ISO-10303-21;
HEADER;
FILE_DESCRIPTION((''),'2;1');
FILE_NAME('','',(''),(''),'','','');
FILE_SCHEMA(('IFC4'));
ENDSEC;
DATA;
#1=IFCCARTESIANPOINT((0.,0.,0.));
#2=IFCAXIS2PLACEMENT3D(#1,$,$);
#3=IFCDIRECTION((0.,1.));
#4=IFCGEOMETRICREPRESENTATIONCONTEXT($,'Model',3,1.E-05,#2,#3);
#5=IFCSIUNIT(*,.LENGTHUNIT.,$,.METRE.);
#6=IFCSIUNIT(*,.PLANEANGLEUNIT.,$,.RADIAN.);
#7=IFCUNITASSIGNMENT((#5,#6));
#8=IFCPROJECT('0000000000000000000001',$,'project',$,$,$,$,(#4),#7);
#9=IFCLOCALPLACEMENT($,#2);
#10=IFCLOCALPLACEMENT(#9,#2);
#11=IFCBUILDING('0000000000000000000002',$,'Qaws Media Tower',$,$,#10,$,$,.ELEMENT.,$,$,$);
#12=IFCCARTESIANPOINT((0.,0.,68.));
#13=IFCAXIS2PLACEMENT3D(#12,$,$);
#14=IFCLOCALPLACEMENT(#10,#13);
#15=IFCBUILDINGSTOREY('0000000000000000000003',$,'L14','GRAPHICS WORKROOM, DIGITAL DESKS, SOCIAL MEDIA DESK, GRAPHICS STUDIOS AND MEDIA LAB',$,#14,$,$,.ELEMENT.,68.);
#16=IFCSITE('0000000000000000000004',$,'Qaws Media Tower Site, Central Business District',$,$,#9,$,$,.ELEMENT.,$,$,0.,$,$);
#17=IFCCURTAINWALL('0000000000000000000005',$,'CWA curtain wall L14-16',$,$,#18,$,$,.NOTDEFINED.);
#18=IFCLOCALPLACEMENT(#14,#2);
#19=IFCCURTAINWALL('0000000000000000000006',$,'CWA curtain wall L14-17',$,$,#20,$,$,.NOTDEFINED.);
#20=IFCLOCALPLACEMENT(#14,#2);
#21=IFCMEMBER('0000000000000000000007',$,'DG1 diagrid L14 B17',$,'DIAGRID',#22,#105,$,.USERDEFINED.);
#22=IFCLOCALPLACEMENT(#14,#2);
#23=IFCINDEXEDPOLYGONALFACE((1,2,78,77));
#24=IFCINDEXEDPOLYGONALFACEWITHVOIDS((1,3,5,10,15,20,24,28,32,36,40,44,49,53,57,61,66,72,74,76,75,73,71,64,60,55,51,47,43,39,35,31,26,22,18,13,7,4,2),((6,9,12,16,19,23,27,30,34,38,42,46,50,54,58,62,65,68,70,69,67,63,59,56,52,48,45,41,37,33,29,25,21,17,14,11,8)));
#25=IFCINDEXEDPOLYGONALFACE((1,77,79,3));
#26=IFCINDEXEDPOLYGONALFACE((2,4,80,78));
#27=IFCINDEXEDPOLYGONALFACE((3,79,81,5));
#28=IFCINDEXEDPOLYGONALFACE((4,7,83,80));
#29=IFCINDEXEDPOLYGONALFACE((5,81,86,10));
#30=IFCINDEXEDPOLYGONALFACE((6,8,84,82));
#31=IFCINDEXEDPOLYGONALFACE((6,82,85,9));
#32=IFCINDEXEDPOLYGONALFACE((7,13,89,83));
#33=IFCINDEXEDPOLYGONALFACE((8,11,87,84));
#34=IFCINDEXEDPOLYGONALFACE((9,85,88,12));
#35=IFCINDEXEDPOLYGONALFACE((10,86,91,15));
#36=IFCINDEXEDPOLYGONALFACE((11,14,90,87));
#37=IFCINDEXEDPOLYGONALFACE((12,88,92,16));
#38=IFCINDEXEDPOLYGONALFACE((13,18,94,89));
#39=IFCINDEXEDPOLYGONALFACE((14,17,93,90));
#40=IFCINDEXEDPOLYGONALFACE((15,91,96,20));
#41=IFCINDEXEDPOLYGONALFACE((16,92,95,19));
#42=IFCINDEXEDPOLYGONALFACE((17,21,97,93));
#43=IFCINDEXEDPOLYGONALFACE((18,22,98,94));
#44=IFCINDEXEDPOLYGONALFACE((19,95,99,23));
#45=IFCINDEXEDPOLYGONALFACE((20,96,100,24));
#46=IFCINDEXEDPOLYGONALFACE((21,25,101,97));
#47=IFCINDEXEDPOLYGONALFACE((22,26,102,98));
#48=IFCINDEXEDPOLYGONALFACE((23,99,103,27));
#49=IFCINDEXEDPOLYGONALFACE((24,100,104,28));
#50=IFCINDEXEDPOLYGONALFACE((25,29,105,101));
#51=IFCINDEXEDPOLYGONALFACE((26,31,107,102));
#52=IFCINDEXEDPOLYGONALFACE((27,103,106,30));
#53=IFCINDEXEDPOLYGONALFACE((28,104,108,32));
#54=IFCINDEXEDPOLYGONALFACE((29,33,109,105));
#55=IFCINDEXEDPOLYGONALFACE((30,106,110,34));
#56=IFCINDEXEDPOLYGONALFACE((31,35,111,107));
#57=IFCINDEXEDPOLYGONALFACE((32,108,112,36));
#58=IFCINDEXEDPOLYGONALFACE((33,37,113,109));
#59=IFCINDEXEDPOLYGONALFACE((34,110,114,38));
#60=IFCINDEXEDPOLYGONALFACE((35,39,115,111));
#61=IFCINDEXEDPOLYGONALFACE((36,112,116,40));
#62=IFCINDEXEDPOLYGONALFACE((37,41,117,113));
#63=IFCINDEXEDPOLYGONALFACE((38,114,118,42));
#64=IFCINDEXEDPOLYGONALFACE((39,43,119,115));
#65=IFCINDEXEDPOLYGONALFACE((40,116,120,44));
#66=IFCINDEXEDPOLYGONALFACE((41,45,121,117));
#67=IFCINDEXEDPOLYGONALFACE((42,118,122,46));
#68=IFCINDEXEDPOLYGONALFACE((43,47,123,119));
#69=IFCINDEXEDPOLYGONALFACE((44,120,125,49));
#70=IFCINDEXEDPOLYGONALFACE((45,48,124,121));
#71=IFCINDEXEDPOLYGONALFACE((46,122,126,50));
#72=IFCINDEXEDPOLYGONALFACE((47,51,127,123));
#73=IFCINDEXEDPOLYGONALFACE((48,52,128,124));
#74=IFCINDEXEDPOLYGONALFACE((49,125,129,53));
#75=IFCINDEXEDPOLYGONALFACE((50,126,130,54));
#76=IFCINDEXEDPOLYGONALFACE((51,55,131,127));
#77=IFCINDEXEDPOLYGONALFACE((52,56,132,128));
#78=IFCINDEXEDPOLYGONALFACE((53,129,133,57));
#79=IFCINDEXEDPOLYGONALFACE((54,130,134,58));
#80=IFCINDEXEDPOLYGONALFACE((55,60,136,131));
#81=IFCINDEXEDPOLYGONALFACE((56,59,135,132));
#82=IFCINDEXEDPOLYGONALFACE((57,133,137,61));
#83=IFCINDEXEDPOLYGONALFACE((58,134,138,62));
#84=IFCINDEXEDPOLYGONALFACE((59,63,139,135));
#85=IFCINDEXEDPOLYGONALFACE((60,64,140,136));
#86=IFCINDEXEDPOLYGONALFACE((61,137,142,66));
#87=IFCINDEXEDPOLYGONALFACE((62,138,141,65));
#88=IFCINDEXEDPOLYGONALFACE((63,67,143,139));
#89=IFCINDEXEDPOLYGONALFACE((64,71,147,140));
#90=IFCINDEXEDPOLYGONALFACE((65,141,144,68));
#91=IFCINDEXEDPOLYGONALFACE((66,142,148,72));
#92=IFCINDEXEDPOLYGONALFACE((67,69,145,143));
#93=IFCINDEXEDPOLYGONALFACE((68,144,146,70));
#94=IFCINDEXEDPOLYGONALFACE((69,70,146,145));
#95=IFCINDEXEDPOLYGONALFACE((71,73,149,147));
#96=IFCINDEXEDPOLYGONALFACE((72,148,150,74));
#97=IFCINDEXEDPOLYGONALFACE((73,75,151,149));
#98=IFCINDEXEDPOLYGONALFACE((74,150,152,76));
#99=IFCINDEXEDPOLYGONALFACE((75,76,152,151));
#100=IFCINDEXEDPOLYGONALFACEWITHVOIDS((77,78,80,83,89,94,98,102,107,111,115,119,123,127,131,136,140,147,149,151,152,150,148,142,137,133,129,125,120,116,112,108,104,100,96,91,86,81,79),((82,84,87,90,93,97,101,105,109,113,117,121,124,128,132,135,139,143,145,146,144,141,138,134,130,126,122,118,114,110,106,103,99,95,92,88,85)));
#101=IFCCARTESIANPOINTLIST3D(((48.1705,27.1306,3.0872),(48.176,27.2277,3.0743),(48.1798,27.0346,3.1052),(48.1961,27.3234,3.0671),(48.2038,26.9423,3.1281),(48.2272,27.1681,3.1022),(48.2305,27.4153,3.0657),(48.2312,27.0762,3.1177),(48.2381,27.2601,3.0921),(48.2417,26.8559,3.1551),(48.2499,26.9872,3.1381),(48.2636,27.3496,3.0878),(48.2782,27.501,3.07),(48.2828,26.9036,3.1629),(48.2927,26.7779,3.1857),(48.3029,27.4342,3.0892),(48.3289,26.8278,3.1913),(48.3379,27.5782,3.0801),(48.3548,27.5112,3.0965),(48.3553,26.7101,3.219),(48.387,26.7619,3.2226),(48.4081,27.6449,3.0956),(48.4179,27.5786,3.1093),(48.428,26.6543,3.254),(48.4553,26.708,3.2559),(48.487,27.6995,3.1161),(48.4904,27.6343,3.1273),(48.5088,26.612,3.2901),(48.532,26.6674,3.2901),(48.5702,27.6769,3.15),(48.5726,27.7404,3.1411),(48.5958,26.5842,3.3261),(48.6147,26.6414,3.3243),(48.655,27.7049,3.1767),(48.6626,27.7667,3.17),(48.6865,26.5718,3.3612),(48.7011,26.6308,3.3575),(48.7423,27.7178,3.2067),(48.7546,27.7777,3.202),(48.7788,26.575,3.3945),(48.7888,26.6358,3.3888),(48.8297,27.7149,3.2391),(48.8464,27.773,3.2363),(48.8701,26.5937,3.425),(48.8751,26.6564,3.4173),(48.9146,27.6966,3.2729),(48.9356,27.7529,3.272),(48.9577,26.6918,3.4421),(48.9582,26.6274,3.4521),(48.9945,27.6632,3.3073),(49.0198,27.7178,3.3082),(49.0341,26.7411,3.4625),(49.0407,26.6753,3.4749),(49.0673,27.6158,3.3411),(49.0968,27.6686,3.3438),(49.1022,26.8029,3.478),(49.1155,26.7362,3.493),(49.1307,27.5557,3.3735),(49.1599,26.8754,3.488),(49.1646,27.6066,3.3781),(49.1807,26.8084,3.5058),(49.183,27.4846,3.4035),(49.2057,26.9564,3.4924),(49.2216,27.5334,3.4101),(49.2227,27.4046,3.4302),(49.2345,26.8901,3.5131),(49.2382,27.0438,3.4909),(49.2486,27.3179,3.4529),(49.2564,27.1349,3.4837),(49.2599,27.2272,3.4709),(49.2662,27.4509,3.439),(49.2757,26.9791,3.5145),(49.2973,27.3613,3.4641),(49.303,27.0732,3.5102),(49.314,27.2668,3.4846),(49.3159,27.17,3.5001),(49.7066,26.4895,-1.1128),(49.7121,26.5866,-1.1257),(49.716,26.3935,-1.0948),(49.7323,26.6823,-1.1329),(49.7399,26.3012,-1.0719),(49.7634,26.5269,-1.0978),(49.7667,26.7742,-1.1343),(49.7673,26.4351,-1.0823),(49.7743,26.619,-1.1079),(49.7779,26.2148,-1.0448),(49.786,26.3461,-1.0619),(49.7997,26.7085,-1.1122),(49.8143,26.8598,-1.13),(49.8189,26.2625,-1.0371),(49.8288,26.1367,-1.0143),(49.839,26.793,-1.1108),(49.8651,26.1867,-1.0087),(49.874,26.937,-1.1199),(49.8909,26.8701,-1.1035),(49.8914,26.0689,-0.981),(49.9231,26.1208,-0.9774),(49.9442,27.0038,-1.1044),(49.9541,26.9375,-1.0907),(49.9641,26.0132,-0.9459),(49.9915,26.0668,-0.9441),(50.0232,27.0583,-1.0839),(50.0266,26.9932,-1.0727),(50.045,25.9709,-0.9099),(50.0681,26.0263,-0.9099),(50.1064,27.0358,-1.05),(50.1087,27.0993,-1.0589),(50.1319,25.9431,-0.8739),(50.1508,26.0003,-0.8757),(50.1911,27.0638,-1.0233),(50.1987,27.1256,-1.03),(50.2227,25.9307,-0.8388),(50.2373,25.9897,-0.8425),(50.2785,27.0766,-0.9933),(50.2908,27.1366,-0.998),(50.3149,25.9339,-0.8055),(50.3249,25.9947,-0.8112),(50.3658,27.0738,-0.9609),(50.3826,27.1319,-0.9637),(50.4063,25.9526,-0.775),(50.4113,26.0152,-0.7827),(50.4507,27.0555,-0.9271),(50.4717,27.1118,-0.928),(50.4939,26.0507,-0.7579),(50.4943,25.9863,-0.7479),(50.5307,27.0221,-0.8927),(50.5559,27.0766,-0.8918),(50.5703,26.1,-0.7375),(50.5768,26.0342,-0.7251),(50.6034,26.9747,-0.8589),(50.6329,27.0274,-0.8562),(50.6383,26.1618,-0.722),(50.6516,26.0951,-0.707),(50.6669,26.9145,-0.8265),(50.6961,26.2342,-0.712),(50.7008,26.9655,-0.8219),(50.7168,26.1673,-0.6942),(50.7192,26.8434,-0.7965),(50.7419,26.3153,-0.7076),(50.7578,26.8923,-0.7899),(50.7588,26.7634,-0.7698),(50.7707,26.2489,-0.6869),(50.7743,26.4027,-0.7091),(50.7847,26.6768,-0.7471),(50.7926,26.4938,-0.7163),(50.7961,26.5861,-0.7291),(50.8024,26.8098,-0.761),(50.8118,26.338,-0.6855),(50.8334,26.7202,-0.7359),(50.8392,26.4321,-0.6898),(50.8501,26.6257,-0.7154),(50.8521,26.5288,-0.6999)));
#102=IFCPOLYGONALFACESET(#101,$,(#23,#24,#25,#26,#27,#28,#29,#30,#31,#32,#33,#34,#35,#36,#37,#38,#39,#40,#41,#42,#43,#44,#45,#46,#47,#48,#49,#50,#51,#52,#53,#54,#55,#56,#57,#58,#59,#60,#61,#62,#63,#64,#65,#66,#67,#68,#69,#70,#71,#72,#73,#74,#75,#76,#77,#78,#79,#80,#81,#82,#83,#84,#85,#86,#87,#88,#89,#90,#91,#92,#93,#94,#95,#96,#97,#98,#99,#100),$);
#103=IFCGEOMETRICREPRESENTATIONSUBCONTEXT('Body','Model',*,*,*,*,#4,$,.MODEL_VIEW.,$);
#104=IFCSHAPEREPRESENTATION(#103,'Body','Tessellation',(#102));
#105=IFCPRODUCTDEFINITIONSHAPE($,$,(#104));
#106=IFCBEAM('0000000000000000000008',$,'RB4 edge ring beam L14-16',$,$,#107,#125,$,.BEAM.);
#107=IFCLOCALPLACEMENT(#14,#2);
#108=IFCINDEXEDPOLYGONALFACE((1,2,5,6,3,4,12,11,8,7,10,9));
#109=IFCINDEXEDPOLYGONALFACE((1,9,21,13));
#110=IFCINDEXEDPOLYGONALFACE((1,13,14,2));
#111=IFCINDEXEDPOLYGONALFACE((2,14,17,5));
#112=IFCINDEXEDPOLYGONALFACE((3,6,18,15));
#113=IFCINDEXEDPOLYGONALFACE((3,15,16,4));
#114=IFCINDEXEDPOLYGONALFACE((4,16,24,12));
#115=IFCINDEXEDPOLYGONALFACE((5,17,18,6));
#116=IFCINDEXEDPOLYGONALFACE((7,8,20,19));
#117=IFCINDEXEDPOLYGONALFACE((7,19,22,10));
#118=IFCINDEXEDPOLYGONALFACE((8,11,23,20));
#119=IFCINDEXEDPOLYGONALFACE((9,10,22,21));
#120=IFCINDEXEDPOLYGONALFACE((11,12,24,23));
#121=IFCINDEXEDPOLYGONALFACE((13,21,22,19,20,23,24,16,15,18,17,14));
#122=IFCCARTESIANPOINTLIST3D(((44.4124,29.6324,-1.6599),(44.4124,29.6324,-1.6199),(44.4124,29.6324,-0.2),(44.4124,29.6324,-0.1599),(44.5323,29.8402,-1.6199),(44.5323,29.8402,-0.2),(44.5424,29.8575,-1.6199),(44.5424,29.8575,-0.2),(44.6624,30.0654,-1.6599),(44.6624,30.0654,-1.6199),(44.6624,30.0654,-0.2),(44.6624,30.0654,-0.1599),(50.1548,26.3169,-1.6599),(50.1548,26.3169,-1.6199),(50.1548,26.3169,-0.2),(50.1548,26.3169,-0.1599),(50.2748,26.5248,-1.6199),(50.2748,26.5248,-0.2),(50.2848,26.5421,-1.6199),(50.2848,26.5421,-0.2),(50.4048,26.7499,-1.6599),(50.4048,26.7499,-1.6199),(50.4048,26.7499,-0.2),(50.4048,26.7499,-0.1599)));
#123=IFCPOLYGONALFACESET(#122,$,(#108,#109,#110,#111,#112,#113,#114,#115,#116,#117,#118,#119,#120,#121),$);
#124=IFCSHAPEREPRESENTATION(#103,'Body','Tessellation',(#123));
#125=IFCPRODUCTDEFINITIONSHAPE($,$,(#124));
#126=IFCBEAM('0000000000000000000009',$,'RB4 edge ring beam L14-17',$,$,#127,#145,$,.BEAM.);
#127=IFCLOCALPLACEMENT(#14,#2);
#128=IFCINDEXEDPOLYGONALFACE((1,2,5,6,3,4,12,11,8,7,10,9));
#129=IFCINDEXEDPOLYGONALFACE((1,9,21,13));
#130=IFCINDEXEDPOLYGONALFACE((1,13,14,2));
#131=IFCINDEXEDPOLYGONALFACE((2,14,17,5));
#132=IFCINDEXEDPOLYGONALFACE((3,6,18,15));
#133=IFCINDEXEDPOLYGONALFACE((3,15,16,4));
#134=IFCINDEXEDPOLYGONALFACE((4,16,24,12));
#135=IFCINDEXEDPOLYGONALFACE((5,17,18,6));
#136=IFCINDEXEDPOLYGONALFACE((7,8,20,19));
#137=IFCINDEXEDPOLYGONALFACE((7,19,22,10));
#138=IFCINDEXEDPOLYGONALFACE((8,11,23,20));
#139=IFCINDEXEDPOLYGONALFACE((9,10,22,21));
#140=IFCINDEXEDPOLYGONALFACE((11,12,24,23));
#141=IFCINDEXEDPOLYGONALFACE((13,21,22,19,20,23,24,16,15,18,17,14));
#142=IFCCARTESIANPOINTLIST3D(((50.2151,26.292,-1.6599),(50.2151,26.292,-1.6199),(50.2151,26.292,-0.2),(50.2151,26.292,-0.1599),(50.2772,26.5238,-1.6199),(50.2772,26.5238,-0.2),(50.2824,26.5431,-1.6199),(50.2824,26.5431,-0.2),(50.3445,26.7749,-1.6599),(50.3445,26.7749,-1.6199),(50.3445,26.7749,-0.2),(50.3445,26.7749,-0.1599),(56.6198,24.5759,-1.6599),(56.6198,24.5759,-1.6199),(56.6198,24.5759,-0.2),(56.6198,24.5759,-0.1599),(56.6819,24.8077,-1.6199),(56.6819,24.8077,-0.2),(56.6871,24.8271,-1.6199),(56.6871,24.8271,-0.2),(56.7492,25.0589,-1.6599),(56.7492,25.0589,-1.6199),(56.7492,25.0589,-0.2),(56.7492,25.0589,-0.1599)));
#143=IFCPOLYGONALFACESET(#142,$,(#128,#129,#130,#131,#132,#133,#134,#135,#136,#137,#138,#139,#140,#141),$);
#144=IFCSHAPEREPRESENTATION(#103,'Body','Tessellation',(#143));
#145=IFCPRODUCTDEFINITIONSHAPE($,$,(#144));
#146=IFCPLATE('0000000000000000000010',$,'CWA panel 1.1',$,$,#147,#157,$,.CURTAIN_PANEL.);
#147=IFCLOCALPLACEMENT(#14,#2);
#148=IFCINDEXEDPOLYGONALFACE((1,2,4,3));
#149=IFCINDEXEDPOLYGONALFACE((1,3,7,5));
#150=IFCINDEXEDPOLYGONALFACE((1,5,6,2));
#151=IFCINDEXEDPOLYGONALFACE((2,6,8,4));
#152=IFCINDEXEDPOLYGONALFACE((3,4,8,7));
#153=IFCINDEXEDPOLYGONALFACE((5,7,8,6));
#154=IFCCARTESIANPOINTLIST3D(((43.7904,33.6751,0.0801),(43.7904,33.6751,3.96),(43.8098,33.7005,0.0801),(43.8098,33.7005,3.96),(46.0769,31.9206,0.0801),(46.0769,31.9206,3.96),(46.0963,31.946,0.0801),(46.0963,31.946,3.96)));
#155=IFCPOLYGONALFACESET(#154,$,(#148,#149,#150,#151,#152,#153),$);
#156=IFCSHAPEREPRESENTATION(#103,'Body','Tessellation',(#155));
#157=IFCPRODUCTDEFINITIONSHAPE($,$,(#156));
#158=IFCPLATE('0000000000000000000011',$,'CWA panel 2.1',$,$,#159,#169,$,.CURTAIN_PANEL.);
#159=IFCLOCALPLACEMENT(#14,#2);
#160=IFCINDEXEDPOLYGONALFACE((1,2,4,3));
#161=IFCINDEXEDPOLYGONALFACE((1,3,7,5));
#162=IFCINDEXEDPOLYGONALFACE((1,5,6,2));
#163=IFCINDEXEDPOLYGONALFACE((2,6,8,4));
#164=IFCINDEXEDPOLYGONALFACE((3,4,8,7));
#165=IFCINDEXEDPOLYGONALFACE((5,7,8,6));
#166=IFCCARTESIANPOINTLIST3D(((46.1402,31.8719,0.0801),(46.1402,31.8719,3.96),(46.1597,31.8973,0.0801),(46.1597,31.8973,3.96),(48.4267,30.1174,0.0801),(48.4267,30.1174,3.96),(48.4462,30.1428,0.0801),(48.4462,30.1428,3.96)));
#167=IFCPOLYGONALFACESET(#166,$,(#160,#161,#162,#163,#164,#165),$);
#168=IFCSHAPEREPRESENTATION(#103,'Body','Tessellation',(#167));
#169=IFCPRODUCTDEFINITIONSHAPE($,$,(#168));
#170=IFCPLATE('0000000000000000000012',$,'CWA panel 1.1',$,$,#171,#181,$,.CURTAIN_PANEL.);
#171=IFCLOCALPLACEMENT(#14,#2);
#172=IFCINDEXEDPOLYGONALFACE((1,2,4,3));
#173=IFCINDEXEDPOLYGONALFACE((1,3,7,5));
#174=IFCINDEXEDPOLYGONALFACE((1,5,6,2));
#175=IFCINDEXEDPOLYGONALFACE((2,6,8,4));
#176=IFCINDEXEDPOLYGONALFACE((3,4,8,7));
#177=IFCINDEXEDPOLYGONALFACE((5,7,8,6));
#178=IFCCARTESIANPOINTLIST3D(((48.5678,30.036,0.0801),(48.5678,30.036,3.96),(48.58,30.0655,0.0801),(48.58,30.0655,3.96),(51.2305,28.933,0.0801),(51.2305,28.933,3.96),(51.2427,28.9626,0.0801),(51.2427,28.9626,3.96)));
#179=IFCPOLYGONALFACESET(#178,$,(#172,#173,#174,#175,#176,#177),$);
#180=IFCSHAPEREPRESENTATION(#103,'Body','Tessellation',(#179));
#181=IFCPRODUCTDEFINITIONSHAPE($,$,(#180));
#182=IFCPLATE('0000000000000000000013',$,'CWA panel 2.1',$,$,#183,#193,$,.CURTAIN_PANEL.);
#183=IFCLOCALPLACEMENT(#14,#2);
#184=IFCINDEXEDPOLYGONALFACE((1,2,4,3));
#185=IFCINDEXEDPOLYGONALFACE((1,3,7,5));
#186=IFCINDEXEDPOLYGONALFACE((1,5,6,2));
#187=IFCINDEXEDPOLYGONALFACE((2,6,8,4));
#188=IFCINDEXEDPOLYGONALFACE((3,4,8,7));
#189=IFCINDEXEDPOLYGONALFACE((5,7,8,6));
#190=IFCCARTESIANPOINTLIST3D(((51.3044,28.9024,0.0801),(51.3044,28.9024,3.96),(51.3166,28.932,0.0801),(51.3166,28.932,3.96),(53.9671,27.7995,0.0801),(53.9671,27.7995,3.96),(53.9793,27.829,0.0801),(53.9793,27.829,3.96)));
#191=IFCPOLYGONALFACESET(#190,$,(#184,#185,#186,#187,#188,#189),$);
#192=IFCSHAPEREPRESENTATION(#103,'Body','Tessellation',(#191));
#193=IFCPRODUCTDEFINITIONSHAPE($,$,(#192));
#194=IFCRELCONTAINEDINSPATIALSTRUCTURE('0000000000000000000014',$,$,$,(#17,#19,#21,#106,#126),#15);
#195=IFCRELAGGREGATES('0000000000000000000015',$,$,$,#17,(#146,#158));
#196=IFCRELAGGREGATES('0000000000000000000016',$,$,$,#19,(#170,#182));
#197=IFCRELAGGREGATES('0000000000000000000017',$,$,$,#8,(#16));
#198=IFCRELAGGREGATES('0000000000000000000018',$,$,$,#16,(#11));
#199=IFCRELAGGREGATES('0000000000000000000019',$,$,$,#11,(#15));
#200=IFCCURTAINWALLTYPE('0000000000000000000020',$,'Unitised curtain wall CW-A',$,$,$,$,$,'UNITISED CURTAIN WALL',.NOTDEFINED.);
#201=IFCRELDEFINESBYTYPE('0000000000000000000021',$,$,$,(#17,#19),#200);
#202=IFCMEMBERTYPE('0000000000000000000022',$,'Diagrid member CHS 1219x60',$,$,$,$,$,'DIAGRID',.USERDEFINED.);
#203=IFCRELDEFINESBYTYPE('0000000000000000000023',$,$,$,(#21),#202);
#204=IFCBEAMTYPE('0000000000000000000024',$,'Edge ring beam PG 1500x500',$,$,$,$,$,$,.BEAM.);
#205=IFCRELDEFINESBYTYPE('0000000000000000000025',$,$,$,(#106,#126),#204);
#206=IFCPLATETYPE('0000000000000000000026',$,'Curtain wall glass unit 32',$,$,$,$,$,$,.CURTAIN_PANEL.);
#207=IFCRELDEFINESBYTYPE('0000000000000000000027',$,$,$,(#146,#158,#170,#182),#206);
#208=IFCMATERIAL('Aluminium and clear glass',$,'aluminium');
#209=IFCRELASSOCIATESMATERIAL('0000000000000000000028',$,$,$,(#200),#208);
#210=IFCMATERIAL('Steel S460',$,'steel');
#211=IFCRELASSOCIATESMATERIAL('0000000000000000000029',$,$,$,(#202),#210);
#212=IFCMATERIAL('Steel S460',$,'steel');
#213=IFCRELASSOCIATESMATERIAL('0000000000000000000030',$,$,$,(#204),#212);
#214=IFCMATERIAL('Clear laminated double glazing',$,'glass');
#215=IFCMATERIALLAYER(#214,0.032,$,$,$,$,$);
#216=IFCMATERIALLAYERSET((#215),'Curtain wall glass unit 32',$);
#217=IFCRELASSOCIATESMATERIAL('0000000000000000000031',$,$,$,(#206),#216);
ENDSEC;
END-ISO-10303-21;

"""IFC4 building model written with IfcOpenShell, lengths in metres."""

from ifc_helpers import new_model, si_unit, direction, frame, origin, origin_2d, place, context, subcontext, project, spatial, rectangle, hollow_circle, i_section, extrude, material, layer, layer_set, material_profile, profile_set, type_object, element, aggregate, save


model = new_model("IFC4")

# Units and contexts
model_context = context("Model", 3, precision=1e-05, world=origin(), true_north=direction((0.0, 1.0)))
body_context = subcontext(model_context, "Body", "Model", "MODEL_VIEW")
ifc_project = project(units=[si_unit("LENGTHUNIT", "METRE"), si_unit("PLANEANGLEUNIT", "RADIAN")], contexts=[model_context])

# Site, building, storey
site_placement = place(None, origin())
site = spatial("IfcSite", under=ifc_project, at=site_placement, Name="Qaws Media Tower Site, Central Business District", CompositionType="ELEMENT", RefElevation=0.0)
building_placement = place(site_placement, origin())
building = spatial("IfcBuilding", under=site, at=building_placement, Name="Qaws Media Tower", CompositionType="ELEMENT")
storey_placement = place(building_placement, frame((0.0, 0.0, 68.0)))
storey = spatial("IfcBuildingStorey", under=building, at=storey_placement, Name="L14", Description="GRAPHICS WORKROOM, DIGITAL DESKS, SOCIAL MEDIA DESK, GRAPHICS STUDIOS AND MEDIA LAB", CompositionType="ELEMENT", Elevation=68.0)

# Curtain walls
ifc_material_1 = material(Name="Aluminium and clear glass", Category="aluminium")
curtain_wall_type = type_object("IfcCurtainWallType", Name="Unitised curtain wall CW-A", ElementType="UNITISED CURTAIN WALL", PredefinedType="NOTDEFINED", material=ifc_material_1)
curtain_wall_1_placement = place(storey_placement, origin())
curtain_wall_1 = element("IfcCurtainWall", 1, at=curtain_wall_1_placement, inside=storey, type_object=curtain_wall_type, Name="CWA curtain wall L14-16", PredefinedType="NOTDEFINED")
curtain_wall_2_placement = place(storey_placement, origin())
curtain_wall_2 = element("IfcCurtainWall", 2, at=curtain_wall_2_placement, inside=storey, type_object=curtain_wall_type, Name="CWA curtain wall L14-17", PredefinedType="NOTDEFINED")

# Member
ifc_material_2 = material(Name="Steel S460", Category="steel")
ifc_material_profile_1 = material_profile(ifc_material_2, hollow_circle(Radius=0.6096, WallThickness=0.0601, at=origin_2d()), Name="CHS 1219x60")
ifc_profile_set_1 = profile_set([ifc_material_profile_1], Name="Steel S460")
member_type_1 = type_object("IfcMemberType", Name="Diagrid member CHS 1219x60", ElementType="DIAGRID", PredefinedType="USERDEFINED", material=ifc_profile_set_1)
for number, where, z_axis, x_axis, name in (
    (3, (50.2798, 26.5334, -0.9099), (-0.34002, 0.141909, 0.92965), (-0.385157, -0.922851, 0.0), "DG1 diagrid L14 B17"),
):
    element("IfcMember", number, at=place(storey_placement, frame(where, z_axis=z_axis, x_axis=x_axis)), inside=storey, type_object=member_type_1, Name=name, ObjectType="DIAGRID", PredefinedType="USERDEFINED", context=body_context, shape_type="SweptSolid", body=[
        extrude(hollow_circle(Radius=0.6096, WallThickness=0.0601, at=origin_2d()), origin(), (0.0, 0.0, 1.0), 4.5178),
    ])

# Beams
ifc_material_3 = material(Name="Steel S460", Category="steel")
ifc_material_profile_2 = material_profile(ifc_material_3, i_section(OverallWidth=0.5, OverallDepth=1.5, WebThickness=0.02, FlangeThickness=0.04, at=origin_2d()), Name="PG 1500x500")
ifc_profile_set_2 = profile_set([ifc_material_profile_2], Name="Steel S460")
beam_type = type_object("IfcBeamType", Name="Edge ring beam PG 1500x500", PredefinedType="BEAM", material=ifc_profile_set_2)
beam_1_placement = place(storey_placement, frame((44.5374, 29.8489, -0.9099), z_axis=(0.866023, -0.500004, 0.0), x_axis=(0.500004, 0.866023, 0.0)))
element("IfcBeam", 4, at=beam_1_placement, inside=storey, type_object=beam_type, Name="RB4 edge ring beam L14-16", PredefinedType="BEAM", context=body_context, shape_type="SweptSolid", body=[
    extrude(i_section(OverallWidth=0.5, OverallDepth=1.5, WebThickness=0.02, FlangeThickness=0.04, at=origin_2d()), origin(), (0.0, 0.0, 1.0), 6.6309),
])
beam_2_placement = place(storey_placement, frame((50.2798, 26.5334, -0.9099), z_axis=(0.965929, -0.258806, 0.0), x_axis=(0.258806, 0.965929, 0.0)))
element("IfcBeam", 5, at=beam_2_placement, inside=storey, type_object=beam_type, Name="RB4 edge ring beam L14-17", PredefinedType="BEAM", context=body_context, shape_type="SweptSolid", body=[
    extrude(i_section(OverallWidth=0.5, OverallDepth=1.5, WebThickness=0.02, FlangeThickness=0.04, at=origin_2d()), origin(), (0.0, 0.0, 1.0), 6.6306),
])

# Plates
ifc_material_4 = material(Name="Clear laminated double glazing", Category="glass")
ifc_layer_1 = layer(ifc_material_4, 0.032)
ifc_layer_set_1 = layer_set([ifc_layer_1], Name="Curtain wall glass unit 32")
plate_type_1 = type_object("IfcPlateType", Name="Curtain wall glass unit 32", PredefinedType="CURTAIN_PANEL", material=ifc_layer_set_1)
plate_1_placement = place(storey_placement, frame((44.9434, 32.8105, 0.0801), z_axis=(0.0, 0.0, 1.0), x_axis=(0.793353, -0.608761, 0.0)))
plate_1 = element("IfcPlate", 6, at=plate_1_placement, type_object=plate_type_1, Name="CWA panel 1.1", PredefinedType="CURTAIN_PANEL", context=body_context, shape_type="SweptSolid", body=[
    extrude(rectangle(XDim=2.8821, YDim=0.032, at=origin_2d()), origin(), (0.0, 0.0, 1.0), 3.8799),
])
plate_2_placement = place(storey_placement, frame((47.2932, 31.0073, 0.0801), z_axis=(0.0, 0.0, 1.0), x_axis=(0.793353, -0.608761, 0.0)))
plate_2 = element("IfcPlate", 7, at=plate_2_placement, type_object=plate_type_1, Name="CWA panel 2.1", PredefinedType="CURTAIN_PANEL", context=body_context, shape_type="SweptSolid", body=[
    extrude(rectangle(XDim=2.8821, YDim=0.032, at=origin_2d()), origin(), (0.0, 0.0, 1.0), 3.8799),
])
aggregate(curtain_wall_1, [plate_1, plate_2])
plate_3_placement = place(storey_placement, frame((49.9053, 29.4993, 0.0801), z_axis=(0.0, 0.0, 1.0), x_axis=(0.92388, -0.382683, 0.0)))
plate_3 = element("IfcPlate", 8, at=plate_3_placement, type_object=plate_type_1, Name="CWA panel 1.1", PredefinedType="CURTAIN_PANEL", context=body_context, shape_type="SweptSolid", body=[
    extrude(rectangle(XDim=2.8821, YDim=0.032, at=origin_2d()), origin(), (0.0, 0.0, 1.0), 3.8799),
])
plate_4_placement = place(storey_placement, frame((52.6418, 28.3657, 0.0801), z_axis=(0.0, 0.0, 1.0), x_axis=(0.92388, -0.382683, 0.0)))
plate_4 = element("IfcPlate", 9, at=plate_4_placement, type_object=plate_type_1, Name="CWA panel 2.1", PredefinedType="CURTAIN_PANEL", context=body_context, shape_type="SweptSolid", body=[
    extrude(rectangle(XDim=2.8821, YDim=0.032, at=origin_2d()), origin(), (0.0, 0.0, 1.0), 3.8799),
])
aggregate(curtain_wall_2, [plate_3, plate_4])

save(model, "model.ifc")
